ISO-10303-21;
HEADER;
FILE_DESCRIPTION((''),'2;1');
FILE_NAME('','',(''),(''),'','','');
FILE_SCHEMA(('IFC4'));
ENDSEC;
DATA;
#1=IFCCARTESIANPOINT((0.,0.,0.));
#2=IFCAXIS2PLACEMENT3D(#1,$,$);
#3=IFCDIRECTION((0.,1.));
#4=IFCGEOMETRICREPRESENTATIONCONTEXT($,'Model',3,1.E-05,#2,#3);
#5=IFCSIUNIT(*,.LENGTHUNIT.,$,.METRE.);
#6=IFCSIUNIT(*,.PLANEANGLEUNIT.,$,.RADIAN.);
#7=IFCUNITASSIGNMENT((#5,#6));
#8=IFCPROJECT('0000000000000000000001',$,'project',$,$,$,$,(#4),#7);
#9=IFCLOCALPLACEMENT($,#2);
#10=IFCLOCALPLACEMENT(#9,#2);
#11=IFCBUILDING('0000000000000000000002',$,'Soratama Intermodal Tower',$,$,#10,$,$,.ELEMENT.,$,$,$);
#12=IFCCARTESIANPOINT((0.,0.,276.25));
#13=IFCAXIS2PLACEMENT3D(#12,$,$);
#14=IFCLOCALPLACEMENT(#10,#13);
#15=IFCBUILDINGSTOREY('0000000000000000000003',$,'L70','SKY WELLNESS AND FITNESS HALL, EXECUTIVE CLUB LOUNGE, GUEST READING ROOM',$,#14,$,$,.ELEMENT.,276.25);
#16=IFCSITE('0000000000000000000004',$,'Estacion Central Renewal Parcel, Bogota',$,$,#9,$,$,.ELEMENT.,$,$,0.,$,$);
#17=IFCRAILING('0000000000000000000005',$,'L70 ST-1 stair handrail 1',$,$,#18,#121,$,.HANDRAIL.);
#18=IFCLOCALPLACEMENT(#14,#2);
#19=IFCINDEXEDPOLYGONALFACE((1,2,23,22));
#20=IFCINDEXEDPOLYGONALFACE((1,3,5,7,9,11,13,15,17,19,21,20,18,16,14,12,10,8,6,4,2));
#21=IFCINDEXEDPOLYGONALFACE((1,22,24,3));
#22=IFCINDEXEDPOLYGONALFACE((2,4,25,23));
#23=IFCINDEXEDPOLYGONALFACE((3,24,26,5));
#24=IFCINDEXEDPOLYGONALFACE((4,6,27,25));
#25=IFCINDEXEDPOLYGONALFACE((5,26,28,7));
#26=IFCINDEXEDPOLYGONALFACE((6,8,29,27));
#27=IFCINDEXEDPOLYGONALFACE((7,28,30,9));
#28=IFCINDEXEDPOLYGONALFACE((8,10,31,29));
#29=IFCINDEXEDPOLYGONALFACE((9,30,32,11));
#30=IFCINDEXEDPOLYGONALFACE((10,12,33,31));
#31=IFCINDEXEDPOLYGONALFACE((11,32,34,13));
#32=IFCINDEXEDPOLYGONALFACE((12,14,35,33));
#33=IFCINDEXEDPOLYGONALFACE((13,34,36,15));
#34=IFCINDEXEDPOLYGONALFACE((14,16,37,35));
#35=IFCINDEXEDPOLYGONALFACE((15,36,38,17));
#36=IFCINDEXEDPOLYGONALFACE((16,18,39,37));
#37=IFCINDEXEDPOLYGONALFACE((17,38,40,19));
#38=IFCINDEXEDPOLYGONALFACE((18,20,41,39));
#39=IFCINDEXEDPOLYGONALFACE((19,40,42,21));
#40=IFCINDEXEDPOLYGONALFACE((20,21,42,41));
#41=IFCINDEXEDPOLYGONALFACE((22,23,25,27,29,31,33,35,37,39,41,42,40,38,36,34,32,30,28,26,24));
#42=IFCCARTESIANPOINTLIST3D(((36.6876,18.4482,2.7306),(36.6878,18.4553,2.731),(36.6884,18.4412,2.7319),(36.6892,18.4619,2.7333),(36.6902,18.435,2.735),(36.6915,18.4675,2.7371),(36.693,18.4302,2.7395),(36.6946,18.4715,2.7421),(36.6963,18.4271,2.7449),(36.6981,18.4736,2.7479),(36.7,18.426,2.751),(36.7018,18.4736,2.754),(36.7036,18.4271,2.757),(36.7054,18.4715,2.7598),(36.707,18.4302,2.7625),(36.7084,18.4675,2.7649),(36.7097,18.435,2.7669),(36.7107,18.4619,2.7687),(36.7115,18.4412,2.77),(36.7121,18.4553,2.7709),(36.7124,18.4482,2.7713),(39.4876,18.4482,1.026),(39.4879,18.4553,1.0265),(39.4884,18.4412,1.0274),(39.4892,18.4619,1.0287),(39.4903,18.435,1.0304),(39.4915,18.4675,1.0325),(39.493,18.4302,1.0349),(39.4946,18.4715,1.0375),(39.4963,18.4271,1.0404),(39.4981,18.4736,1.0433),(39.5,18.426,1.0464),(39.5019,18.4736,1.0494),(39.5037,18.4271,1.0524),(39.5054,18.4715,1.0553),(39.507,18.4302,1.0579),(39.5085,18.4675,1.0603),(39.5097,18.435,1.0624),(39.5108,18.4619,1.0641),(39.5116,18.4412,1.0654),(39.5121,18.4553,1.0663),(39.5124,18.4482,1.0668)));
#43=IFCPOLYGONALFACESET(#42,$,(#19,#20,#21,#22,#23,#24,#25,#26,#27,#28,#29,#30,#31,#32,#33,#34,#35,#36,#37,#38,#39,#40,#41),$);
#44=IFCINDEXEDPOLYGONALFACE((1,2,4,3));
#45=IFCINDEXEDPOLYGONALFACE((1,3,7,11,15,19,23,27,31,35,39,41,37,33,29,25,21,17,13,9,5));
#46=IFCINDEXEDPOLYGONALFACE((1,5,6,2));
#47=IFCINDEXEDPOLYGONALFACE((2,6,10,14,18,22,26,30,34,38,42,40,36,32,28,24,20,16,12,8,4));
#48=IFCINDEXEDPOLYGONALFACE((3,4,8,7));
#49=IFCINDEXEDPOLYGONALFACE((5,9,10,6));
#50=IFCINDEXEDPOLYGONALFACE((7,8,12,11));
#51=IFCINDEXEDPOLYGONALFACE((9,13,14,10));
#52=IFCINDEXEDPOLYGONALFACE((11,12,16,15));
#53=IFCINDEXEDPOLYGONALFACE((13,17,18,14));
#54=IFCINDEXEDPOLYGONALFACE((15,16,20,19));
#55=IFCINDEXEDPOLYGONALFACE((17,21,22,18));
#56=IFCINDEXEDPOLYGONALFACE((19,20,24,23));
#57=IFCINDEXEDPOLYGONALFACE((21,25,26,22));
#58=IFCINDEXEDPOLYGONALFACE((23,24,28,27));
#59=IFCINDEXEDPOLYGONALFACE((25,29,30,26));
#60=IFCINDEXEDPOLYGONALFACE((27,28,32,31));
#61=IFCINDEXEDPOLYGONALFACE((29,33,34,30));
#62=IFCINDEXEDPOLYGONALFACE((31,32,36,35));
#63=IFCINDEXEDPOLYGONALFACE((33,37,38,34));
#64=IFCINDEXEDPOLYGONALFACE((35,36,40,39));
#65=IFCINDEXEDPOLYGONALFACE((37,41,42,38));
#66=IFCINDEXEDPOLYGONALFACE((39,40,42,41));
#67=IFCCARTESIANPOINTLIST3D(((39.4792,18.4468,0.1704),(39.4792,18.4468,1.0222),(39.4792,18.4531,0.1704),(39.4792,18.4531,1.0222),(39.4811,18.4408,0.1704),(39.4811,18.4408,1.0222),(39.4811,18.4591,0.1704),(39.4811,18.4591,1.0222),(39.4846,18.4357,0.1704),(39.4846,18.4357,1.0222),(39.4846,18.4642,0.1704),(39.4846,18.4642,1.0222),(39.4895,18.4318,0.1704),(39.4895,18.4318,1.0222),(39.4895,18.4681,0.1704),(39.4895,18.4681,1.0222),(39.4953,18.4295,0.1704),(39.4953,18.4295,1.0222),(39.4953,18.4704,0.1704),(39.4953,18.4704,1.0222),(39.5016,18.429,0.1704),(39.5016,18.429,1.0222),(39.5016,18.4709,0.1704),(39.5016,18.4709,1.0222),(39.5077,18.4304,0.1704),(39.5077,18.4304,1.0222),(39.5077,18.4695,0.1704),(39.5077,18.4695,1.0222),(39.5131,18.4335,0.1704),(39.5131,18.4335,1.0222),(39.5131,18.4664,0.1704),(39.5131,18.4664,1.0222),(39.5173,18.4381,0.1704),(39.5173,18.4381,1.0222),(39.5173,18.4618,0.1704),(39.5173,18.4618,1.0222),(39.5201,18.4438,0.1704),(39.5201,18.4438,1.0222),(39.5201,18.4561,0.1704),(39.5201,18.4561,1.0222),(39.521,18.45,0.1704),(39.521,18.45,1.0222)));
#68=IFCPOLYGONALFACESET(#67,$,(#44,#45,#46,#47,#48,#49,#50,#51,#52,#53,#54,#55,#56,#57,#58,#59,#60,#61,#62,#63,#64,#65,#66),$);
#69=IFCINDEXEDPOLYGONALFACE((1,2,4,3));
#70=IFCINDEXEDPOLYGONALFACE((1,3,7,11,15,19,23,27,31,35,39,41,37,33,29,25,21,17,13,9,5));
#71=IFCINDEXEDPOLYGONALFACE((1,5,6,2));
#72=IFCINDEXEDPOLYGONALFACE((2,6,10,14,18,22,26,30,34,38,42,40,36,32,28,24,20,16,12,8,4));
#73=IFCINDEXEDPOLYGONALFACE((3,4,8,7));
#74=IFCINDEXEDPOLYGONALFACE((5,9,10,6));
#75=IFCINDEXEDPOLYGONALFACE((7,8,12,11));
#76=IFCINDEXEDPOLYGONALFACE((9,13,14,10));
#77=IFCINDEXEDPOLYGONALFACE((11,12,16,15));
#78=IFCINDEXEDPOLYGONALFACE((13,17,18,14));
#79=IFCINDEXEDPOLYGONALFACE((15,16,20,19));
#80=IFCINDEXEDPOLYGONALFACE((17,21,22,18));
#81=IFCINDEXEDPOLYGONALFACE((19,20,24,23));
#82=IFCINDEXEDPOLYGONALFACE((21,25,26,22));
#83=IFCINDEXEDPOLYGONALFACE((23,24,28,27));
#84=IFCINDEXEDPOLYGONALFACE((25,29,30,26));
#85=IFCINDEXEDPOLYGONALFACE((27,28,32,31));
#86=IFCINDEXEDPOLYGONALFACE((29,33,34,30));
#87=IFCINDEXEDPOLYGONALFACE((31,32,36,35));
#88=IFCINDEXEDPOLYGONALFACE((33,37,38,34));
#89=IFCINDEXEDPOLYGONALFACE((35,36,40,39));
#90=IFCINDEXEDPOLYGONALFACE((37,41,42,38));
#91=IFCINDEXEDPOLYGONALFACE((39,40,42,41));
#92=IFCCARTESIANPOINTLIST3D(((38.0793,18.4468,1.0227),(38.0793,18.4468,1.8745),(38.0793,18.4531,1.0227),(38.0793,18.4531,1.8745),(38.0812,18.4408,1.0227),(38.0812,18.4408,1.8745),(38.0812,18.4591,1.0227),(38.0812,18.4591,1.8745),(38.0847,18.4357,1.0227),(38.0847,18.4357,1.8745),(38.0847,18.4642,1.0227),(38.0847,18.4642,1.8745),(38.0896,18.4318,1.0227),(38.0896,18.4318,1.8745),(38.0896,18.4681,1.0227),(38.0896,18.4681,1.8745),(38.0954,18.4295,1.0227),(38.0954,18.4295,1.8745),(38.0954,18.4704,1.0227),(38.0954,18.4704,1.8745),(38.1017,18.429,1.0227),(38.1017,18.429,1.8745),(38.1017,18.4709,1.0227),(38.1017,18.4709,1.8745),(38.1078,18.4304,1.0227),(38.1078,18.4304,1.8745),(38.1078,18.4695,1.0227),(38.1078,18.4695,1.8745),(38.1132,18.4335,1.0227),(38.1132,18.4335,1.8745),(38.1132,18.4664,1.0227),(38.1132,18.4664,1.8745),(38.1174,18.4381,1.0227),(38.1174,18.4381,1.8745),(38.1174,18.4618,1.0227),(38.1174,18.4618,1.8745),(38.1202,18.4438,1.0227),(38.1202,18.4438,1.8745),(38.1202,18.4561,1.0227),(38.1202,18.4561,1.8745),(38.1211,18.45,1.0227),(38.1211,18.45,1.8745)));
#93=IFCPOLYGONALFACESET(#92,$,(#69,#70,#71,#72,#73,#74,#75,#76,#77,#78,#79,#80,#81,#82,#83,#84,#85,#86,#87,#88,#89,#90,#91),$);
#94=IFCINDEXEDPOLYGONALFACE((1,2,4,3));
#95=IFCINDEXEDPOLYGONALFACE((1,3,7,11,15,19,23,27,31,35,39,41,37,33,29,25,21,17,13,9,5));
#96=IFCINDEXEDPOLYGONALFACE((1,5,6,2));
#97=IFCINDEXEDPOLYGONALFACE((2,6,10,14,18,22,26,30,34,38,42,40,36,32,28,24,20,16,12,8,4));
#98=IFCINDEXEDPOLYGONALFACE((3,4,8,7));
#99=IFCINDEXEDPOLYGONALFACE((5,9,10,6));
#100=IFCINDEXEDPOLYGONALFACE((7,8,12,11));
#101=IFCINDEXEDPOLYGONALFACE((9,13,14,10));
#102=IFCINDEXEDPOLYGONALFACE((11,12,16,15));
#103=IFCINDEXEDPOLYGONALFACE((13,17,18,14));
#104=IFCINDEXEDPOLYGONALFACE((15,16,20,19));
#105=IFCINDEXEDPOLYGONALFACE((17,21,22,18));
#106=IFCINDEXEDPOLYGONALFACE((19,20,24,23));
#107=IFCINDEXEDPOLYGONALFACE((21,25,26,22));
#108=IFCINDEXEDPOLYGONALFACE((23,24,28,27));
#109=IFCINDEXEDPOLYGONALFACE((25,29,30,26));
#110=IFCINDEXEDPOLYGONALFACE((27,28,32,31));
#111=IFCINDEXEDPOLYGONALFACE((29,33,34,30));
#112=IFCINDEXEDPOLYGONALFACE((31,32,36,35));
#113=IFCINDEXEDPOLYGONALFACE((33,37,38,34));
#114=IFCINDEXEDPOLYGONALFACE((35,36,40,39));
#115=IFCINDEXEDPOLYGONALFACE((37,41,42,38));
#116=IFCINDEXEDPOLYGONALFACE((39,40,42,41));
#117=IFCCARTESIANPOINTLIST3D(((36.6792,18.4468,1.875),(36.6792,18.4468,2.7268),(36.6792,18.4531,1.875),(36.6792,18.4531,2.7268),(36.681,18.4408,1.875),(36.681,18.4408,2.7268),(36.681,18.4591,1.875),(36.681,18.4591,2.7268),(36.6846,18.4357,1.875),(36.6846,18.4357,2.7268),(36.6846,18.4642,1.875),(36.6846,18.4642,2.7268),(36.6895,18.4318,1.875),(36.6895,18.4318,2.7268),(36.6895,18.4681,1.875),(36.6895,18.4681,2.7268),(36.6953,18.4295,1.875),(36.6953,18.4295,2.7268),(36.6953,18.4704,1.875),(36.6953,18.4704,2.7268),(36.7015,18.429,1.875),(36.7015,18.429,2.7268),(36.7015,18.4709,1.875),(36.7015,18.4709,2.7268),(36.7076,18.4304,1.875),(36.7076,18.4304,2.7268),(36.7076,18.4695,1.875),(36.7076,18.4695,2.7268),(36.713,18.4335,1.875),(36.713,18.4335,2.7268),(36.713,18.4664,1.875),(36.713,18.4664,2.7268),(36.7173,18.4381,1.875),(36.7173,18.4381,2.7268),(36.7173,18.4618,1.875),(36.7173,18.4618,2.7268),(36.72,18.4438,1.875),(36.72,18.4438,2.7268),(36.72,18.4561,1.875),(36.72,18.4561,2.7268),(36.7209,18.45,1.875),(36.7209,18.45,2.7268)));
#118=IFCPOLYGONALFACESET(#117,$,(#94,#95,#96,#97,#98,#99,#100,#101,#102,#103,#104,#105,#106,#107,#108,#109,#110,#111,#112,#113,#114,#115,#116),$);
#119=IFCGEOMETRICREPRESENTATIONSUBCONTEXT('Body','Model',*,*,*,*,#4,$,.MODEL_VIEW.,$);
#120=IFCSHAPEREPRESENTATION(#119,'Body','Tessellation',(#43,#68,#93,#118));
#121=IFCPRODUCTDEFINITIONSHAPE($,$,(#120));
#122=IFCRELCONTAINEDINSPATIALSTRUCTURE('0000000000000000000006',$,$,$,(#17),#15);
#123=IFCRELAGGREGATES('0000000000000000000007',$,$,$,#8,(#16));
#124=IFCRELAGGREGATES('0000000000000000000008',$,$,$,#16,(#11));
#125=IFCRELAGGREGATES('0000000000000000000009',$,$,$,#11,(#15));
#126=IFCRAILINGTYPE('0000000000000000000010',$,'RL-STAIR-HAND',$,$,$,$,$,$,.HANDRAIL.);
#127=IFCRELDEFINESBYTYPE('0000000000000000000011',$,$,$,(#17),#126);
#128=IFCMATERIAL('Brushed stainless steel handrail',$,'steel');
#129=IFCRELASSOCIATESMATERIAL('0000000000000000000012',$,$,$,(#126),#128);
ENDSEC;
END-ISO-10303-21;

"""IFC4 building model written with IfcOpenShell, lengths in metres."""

from ifc_helpers import new_model, si_unit, direction, frame, origin, origin_2d, place, context, subcontext, project, spatial, circle, extrude, material, type_object, element, save


model = new_model("IFC4")

# Units and contexts
model_context = context("Model", 3, precision=1e-05, world=origin(), true_north=direction((0.0, 1.0)))
body_context = subcontext(model_context, "Body", "Model", "MODEL_VIEW")
ifc_project = project(units=[si_unit("LENGTHUNIT", "METRE"), si_unit("PLANEANGLEUNIT", "RADIAN")], contexts=[model_context])

# Site, building, storey
site_placement = place(None, origin())
site = spatial("IfcSite", under=ifc_project, at=site_placement, Name="Estacion Central Renewal Parcel, Bogota", CompositionType="ELEMENT", RefElevation=0.0)
building_placement = place(site_placement, origin())
building = spatial("IfcBuilding", under=site, at=building_placement, Name="Soratama Intermodal Tower", CompositionType="ELEMENT")
storey_placement = place(building_placement, frame((0.0, 0.0, 276.25)))
storey = spatial("IfcBuildingStorey", under=building, at=storey_placement, Name="L70", Description="SKY WELLNESS AND FITNESS HALL, EXECUTIVE CLUB LOUNGE, GUEST READING ROOM", CompositionType="ELEMENT", Elevation=276.25)

# Railing
ifc_material_1 = material(Name="Brushed stainless steel handrail", Category="steel")
railing_type_1 = type_object("IfcRailingType", Name="RL-STAIR-HAND", PredefinedType="HANDRAIL", material=ifc_material_1)
railing_1_placement = place(storey_placement, frame((39.5, 18.45, 0.1704)))
element("IfcRailing", 1, at=railing_1_placement, inside=storey, type_object=railing_type_1, Name="L70 ST-1 stair handrail 1", PredefinedType="HANDRAIL", context=body_context, shape_type="SweptSolid", body=[
    extrude(circle(Radius=0.0239, at=origin_2d()), frame((0.0, 0.0, 0.876), z_axis=(-0.85417, 0.0, 0.519994), x_axis=(0.0, -1.0, 0.0)), (0.0, 0.0, 1.0), 3.2781),
    extrude(circle(Radius=0.021, at=origin_2d()), origin(), (0.0, 0.0, 1.0), 0.8518),
    extrude(circle(Radius=0.021, at=origin_2d()), frame((-1.3999, 0.0, 0.8523)), (0.0, 0.0, 1.0), 0.8518),
    extrude(circle(Radius=0.021, at=origin_2d()), frame((-2.8, 0.0, 1.7046)), (0.0, 0.0, 1.0), 0.8518),
])

save(model, "model.ifc")
